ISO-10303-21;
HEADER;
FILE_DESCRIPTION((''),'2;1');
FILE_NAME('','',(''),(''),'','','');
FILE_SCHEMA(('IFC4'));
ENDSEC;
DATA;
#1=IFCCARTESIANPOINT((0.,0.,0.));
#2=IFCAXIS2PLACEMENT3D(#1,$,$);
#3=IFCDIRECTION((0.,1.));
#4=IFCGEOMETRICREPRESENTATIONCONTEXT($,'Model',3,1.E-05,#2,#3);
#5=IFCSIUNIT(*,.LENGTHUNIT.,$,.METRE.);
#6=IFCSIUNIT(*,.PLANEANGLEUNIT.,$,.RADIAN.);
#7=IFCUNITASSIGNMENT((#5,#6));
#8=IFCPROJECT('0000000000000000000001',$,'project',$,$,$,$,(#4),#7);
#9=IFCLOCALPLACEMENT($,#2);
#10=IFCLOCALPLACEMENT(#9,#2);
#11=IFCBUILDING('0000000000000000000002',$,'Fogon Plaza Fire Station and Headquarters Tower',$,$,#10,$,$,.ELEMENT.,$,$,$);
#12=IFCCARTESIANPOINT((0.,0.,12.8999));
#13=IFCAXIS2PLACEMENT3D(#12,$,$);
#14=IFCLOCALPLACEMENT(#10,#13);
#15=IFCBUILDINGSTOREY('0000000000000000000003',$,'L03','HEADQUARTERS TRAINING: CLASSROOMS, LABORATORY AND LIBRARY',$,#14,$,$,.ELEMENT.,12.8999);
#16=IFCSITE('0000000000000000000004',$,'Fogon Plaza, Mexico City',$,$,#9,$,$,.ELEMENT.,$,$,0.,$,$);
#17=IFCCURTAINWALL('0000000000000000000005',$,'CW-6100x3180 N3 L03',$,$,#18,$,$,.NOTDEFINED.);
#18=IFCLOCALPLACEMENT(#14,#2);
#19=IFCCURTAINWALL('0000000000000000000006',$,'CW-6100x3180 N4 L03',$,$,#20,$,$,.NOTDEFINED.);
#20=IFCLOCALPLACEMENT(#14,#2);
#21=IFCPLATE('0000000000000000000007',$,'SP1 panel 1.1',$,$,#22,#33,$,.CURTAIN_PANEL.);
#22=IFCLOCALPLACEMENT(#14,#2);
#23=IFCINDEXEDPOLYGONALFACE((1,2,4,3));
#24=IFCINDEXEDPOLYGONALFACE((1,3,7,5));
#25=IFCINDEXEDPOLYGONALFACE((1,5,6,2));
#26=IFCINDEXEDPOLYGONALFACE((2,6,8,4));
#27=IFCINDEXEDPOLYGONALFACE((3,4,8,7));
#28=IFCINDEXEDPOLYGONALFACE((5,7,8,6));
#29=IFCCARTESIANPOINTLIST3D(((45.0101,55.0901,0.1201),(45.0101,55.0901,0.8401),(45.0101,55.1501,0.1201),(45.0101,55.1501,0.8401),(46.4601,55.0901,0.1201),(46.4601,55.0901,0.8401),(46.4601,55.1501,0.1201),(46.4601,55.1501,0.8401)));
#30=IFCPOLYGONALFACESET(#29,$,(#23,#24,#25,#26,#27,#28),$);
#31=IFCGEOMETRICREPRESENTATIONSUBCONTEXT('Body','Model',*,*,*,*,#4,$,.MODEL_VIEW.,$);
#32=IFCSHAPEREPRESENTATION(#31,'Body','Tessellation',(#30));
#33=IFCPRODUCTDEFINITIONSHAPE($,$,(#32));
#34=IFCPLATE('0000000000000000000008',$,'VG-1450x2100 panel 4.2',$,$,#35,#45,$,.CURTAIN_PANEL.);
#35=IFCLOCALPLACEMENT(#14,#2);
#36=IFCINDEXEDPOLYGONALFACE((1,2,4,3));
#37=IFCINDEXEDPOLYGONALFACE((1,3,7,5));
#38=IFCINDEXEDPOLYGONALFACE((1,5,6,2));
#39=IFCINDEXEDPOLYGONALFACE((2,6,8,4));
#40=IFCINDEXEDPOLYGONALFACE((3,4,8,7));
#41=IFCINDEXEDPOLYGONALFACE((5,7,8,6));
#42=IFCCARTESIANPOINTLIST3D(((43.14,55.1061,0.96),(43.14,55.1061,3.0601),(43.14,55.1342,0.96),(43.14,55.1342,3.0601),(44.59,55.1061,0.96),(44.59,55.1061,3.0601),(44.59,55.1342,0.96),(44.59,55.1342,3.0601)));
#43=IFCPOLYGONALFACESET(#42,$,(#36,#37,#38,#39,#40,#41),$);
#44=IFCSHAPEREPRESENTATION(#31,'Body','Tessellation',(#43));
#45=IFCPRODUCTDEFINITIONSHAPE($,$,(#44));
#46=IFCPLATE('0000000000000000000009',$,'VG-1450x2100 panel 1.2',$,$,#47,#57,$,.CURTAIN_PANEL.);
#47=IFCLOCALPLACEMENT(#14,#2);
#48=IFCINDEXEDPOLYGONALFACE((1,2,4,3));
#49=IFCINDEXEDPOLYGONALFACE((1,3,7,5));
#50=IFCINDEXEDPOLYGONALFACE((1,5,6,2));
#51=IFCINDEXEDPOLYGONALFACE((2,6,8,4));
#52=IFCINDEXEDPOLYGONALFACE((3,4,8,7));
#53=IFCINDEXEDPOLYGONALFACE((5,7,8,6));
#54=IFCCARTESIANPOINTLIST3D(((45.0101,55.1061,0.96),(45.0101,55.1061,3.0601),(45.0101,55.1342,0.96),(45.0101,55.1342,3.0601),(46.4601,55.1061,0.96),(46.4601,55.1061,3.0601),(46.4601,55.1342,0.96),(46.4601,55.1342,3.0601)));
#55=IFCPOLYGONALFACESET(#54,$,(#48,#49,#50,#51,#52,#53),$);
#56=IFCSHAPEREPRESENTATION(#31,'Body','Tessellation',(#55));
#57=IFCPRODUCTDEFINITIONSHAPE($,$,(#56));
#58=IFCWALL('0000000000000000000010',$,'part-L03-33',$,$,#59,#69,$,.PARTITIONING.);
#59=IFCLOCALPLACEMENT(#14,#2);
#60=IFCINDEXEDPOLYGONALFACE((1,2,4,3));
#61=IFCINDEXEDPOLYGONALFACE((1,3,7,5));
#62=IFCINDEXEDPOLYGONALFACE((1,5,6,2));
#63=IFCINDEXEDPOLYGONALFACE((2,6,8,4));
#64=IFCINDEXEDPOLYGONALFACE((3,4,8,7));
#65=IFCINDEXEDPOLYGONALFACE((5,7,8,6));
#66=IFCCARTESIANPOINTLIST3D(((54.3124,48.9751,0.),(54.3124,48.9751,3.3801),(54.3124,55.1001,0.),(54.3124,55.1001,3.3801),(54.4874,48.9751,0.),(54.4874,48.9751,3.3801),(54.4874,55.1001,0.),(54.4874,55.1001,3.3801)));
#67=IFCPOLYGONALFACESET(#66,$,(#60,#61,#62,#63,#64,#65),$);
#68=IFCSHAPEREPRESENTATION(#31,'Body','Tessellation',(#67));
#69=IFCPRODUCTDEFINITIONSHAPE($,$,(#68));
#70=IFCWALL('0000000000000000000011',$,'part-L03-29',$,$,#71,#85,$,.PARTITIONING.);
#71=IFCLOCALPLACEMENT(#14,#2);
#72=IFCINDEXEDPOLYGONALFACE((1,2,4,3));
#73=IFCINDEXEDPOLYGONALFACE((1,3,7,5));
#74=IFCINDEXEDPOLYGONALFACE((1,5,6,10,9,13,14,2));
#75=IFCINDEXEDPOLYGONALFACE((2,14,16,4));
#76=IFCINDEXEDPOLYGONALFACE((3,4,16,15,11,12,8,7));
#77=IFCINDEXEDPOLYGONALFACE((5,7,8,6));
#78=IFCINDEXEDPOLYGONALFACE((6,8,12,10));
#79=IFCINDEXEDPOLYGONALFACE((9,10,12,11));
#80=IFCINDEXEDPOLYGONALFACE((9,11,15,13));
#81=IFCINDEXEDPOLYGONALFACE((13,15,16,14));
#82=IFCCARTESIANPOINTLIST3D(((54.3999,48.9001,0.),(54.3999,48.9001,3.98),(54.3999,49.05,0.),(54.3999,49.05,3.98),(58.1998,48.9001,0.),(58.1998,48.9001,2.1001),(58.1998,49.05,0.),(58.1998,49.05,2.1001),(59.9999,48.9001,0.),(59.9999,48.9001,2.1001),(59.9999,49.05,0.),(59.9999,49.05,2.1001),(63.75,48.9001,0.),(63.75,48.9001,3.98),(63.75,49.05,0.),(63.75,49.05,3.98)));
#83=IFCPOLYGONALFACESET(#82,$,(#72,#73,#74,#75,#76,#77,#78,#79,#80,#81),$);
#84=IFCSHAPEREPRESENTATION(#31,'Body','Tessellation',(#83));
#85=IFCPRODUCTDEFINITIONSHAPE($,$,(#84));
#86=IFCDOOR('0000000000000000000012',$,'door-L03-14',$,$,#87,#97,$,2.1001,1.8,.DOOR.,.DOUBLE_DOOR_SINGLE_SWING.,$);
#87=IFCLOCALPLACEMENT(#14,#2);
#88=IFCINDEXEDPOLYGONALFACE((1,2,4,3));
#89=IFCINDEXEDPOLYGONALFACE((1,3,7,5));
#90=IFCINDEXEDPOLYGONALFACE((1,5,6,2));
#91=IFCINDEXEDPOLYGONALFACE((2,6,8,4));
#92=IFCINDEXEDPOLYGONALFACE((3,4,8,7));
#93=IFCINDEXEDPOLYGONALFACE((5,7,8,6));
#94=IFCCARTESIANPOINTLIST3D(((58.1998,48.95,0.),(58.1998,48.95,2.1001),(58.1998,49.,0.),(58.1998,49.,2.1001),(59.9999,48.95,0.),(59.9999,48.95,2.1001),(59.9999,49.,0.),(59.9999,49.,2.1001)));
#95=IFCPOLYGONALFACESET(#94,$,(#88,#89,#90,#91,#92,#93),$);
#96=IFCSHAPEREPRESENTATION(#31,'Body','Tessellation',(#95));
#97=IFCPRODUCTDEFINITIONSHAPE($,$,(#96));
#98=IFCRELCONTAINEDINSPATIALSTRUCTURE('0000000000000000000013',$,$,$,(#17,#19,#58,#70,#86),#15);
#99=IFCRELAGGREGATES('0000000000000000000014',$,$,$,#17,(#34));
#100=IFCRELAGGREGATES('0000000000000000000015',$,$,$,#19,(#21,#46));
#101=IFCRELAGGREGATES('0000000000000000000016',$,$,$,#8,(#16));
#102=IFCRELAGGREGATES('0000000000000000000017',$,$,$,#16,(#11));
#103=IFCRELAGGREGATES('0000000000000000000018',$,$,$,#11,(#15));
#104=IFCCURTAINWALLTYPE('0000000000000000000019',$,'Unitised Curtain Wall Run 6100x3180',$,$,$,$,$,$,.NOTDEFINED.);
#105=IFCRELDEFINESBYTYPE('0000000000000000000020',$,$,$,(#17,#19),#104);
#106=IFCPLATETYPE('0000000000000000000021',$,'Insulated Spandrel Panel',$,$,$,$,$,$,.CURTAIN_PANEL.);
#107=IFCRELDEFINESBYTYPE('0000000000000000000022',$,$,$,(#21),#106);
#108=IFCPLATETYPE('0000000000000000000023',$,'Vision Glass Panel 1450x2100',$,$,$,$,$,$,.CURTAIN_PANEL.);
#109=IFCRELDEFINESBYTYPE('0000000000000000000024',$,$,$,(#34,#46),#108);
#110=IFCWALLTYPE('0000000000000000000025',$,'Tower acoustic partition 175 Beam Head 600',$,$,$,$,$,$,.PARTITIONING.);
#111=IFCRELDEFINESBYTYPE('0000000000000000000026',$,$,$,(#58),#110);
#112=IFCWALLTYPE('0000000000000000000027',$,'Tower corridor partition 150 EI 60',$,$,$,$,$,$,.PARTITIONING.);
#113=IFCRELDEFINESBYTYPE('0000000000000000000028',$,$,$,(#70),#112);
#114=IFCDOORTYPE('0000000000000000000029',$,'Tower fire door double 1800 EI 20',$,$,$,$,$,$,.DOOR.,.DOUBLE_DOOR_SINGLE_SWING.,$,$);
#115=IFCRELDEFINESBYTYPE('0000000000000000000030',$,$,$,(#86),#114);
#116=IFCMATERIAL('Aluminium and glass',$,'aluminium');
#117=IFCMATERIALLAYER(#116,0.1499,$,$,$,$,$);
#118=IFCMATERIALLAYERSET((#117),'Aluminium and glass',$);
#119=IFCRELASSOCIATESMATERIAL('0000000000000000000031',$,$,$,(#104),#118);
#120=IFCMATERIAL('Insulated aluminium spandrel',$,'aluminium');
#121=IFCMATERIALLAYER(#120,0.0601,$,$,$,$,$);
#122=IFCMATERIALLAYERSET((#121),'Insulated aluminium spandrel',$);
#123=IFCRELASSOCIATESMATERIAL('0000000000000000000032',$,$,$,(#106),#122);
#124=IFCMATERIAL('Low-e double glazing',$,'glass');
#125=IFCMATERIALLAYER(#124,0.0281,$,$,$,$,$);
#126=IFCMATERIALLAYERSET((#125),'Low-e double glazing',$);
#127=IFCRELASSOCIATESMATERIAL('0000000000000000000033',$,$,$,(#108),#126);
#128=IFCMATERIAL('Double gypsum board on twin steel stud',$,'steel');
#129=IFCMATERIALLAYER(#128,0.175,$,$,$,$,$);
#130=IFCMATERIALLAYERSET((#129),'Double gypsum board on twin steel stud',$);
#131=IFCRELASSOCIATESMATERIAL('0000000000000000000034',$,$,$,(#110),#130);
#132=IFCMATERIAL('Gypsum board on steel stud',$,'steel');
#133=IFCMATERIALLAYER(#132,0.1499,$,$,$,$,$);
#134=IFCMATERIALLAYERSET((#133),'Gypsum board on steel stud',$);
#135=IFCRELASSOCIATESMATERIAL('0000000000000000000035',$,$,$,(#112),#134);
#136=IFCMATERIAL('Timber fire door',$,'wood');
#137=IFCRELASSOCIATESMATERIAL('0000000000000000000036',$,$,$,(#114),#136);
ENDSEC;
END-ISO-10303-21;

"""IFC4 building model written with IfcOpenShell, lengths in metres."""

from ifc_helpers import new_model, si_unit, direction, frame, frame_2d, origin, origin_2d, place, context, subcontext, project, spatial, rectangle, extrude, material, layer, layer_set, type_object, element, fill, aggregate, save


model = new_model("IFC4")

# Units and contexts
model_context = context("Model", 3, precision=1e-05, world=origin(), true_north=direction((0.0, 1.0)))
body_context = subcontext(model_context, "Body", "Model", "MODEL_VIEW")
ifc_project = project(units=[si_unit("LENGTHUNIT", "METRE"), si_unit("PLANEANGLEUNIT", "RADIAN")], contexts=[model_context])

# Site, building, storey
site_placement = place(None, origin())
site = spatial("IfcSite", under=ifc_project, at=site_placement, Name="Fogon Plaza, Mexico City", CompositionType="ELEMENT", RefElevation=0.0)
building_placement = place(site_placement, origin())
building = spatial("IfcBuilding", under=site, at=building_placement, Name="Fogon Plaza Fire Station and Headquarters Tower", CompositionType="ELEMENT")
storey_placement = place(building_placement, frame((0.0, 0.0, 12.8999)))
storey = spatial("IfcBuildingStorey", under=building, at=storey_placement, Name="L03", Description="HEADQUARTERS TRAINING: CLASSROOMS, LABORATORY AND LIBRARY", CompositionType="ELEMENT", Elevation=12.8999)

# Curtain wall
ifc_material_1 = material(Name="Aluminium and glass", Category="aluminium")
ifc_layer_1 = layer(ifc_material_1, 0.1499)
ifc_layer_set_1 = layer_set([ifc_layer_1], Name="Aluminium and glass")
curtain_wall_type = type_object("IfcCurtainWallType", Name="Unitised Curtain Wall Run 6100x3180", PredefinedType="NOTDEFINED", material=ifc_layer_set_1)
curtain_wall_1_placement = place(storey_placement, origin())
curtain_wall_1 = element("IfcCurtainWall", 1, at=curtain_wall_1_placement, inside=storey, type_object=curtain_wall_type, Name="CW-6100x3180 N3 L03", PredefinedType="NOTDEFINED")

# Curtain wall
curtain_wall_2_placement = place(storey_placement, origin())
curtain_wall_2 = element("IfcCurtainWall", 2, at=curtain_wall_2_placement, inside=storey, type_object=curtain_wall_type, Name="CW-6100x3180 N4 L03", PredefinedType="NOTDEFINED")

# Plates
ifc_material_2 = material(Name="Insulated aluminium spandrel", Category="aluminium")
ifc_layer_2 = layer(ifc_material_2, 0.0601)
ifc_layer_set_2 = layer_set([ifc_layer_2], Name="Insulated aluminium spandrel")
plate_type_1 = type_object("IfcPlateType", Name="Insulated Spandrel Panel", PredefinedType="CURTAIN_PANEL", material=ifc_layer_set_2)
plate_1_placement = place(storey_placement, frame((45.7351, 55.1201, 0.1201), z_axis=(0.0, 0.0, 1.0), x_axis=(1.0, 0.0, 0.0)))
plate_1 = element("IfcPlate", 3, at=plate_1_placement, type_object=plate_type_1, Name="SP1 panel 1.1", PredefinedType="CURTAIN_PANEL", context=body_context, shape_type="SweptSolid", body=[
    extrude(rectangle(XDim=1.45, YDim=0.0601, at=origin_2d()), origin(), (0.0, 0.0, 1.0), 0.72),
])
ifc_material_3 = material(Name="Low-e double glazing", Category="glass")
ifc_layer_3 = layer(ifc_material_3, 0.0281)
ifc_layer_set_3 = layer_set([ifc_layer_3], Name="Low-e double glazing")
plate_type_2 = type_object("IfcPlateType", Name="Vision Glass Panel 1450x2100", PredefinedType="CURTAIN_PANEL", material=ifc_layer_set_3)
plate_2_placement = place(storey_placement, frame((43.865, 55.1201, 0.96), z_axis=(0.0, 0.0, 1.0), x_axis=(1.0, 0.0, 0.0)))
plate_2 = element("IfcPlate", 4, at=plate_2_placement, type_object=plate_type_2, Name="VG-1450x2100 panel 4.2", PredefinedType="CURTAIN_PANEL", context=body_context, shape_type="SweptSolid", body=[
    extrude(rectangle(XDim=1.45, YDim=0.0281, at=origin_2d()), origin(), (0.0, 0.0, 1.0), 2.1001),
])
aggregate(curtain_wall_1, [plate_2])
plate_3_placement = place(storey_placement, frame((45.7351, 55.1201, 0.96), z_axis=(0.0, 0.0, 1.0), x_axis=(1.0, 0.0, 0.0)))
plate_3 = element("IfcPlate", 5, at=plate_3_placement, type_object=plate_type_2, Name="VG-1450x2100 panel 1.2", PredefinedType="CURTAIN_PANEL", context=body_context, shape_type="SweptSolid", body=[
    extrude(rectangle(XDim=1.45, YDim=0.0281, at=origin_2d()), origin(), (0.0, 0.0, 1.0), 2.1001),
])
aggregate(curtain_wall_2, [plate_1, plate_3])

# Wall
ifc_material_4 = material(Name="Double gypsum board on twin steel stud", Category="steel")
ifc_layer_4 = layer(ifc_material_4, 0.175)
ifc_layer_set_4 = layer_set([ifc_layer_4], Name="Double gypsum board on twin steel stud")
wall_type_1 = type_object("IfcWallType", Name="Tower acoustic partition 175 Beam Head 600", PredefinedType="PARTITIONING", material=ifc_layer_set_4)
wall_1_placement = place(storey_placement, frame((54.3999, 48.9751, 0.0), z_axis=(0.0, 0.0, 1.0), x_axis=(0.0, 1.0, 0.0)))
element("IfcWall", 6, at=wall_1_placement, inside=storey, type_object=wall_type_1, Name="part-L03-33", PredefinedType="PARTITIONING", context=body_context, shape_type="SweptSolid", body=[
    extrude(rectangle(XDim=6.125, YDim=0.175, at=frame_2d((3.0625, 0.0))), origin(), (0.0, 0.0, 1.0), 3.3801),
])

# Wall, opening, door
ifc_material_5 = material(Name="Gypsum board on steel stud", Category="steel")
ifc_layer_5 = layer(ifc_material_5, 0.1499)
ifc_layer_set_5 = layer_set([ifc_layer_5], Name="Gypsum board on steel stud")
wall_type_2 = type_object("IfcWallType", Name="Tower corridor partition 150 EI 60", PredefinedType="PARTITIONING", material=ifc_layer_set_5)
wall_2_placement = place(storey_placement, frame((54.3999, 48.9751, 0.0), z_axis=(0.0, 0.0, 1.0), x_axis=(1.0, 0.0, 0.0)))
wall_2 = element("IfcWall", 7, at=wall_2_placement, inside=storey, type_object=wall_type_2, Name="part-L03-29", PredefinedType="PARTITIONING", context=body_context, shape_type="SweptSolid", body=[
    extrude(rectangle(XDim=9.3501, YDim=0.1499, at=frame_2d((4.675, 0.0))), origin(), (0.0, 0.0, 1.0), 3.98),
])
opening_placement = place(wall_2_placement, frame((3.8, 0.0, 0.0)))
opening = element("IfcOpeningElement", 8, at=opening_placement, cuts=wall_2, PredefinedType="OPENING", context=body_context, shape_type="SweptSolid", body=[
    extrude(rectangle(XDim=1.8, YDim=2.1001, at=frame_2d((0.8999, 1.05))), frame((0.0, 0.085, 0.0), z_axis=(0.0, -1.0, 0.0), x_axis=(1.0, 0.0, 0.0)), (0.0, 0.0, 1.0), 0.1699),
])
ifc_material_6 = material(Name="Timber fire door", Category="wood")
door_type = type_object("IfcDoorType", Name="Tower fire door double 1800 EI 20", OperationType="DOUBLE_DOOR_SINGLE_SWING", PredefinedType="DOOR", material=ifc_material_6)
door_placement = place(opening_placement, origin())
door = element("IfcDoor", 9, at=door_placement, inside=storey, type_object=door_type, Name="door-L03-14", OperationType="DOUBLE_DOOR_SINGLE_SWING", OverallHeight=2.1001, OverallWidth=1.8, PredefinedType="DOOR", context=body_context, shape_type="SweptSolid", body=[
    extrude(rectangle(XDim=1.8, YDim=2.1001, at=frame_2d((0.8999, 1.05))), frame((0.0, 0.0249, 0.0), z_axis=(0.0, -1.0, 0.0), x_axis=(1.0, 0.0, 0.0)), (0.0, 0.0, 1.0), 0.05),
])
fill(opening, door)

save(model, "model.ifc")
